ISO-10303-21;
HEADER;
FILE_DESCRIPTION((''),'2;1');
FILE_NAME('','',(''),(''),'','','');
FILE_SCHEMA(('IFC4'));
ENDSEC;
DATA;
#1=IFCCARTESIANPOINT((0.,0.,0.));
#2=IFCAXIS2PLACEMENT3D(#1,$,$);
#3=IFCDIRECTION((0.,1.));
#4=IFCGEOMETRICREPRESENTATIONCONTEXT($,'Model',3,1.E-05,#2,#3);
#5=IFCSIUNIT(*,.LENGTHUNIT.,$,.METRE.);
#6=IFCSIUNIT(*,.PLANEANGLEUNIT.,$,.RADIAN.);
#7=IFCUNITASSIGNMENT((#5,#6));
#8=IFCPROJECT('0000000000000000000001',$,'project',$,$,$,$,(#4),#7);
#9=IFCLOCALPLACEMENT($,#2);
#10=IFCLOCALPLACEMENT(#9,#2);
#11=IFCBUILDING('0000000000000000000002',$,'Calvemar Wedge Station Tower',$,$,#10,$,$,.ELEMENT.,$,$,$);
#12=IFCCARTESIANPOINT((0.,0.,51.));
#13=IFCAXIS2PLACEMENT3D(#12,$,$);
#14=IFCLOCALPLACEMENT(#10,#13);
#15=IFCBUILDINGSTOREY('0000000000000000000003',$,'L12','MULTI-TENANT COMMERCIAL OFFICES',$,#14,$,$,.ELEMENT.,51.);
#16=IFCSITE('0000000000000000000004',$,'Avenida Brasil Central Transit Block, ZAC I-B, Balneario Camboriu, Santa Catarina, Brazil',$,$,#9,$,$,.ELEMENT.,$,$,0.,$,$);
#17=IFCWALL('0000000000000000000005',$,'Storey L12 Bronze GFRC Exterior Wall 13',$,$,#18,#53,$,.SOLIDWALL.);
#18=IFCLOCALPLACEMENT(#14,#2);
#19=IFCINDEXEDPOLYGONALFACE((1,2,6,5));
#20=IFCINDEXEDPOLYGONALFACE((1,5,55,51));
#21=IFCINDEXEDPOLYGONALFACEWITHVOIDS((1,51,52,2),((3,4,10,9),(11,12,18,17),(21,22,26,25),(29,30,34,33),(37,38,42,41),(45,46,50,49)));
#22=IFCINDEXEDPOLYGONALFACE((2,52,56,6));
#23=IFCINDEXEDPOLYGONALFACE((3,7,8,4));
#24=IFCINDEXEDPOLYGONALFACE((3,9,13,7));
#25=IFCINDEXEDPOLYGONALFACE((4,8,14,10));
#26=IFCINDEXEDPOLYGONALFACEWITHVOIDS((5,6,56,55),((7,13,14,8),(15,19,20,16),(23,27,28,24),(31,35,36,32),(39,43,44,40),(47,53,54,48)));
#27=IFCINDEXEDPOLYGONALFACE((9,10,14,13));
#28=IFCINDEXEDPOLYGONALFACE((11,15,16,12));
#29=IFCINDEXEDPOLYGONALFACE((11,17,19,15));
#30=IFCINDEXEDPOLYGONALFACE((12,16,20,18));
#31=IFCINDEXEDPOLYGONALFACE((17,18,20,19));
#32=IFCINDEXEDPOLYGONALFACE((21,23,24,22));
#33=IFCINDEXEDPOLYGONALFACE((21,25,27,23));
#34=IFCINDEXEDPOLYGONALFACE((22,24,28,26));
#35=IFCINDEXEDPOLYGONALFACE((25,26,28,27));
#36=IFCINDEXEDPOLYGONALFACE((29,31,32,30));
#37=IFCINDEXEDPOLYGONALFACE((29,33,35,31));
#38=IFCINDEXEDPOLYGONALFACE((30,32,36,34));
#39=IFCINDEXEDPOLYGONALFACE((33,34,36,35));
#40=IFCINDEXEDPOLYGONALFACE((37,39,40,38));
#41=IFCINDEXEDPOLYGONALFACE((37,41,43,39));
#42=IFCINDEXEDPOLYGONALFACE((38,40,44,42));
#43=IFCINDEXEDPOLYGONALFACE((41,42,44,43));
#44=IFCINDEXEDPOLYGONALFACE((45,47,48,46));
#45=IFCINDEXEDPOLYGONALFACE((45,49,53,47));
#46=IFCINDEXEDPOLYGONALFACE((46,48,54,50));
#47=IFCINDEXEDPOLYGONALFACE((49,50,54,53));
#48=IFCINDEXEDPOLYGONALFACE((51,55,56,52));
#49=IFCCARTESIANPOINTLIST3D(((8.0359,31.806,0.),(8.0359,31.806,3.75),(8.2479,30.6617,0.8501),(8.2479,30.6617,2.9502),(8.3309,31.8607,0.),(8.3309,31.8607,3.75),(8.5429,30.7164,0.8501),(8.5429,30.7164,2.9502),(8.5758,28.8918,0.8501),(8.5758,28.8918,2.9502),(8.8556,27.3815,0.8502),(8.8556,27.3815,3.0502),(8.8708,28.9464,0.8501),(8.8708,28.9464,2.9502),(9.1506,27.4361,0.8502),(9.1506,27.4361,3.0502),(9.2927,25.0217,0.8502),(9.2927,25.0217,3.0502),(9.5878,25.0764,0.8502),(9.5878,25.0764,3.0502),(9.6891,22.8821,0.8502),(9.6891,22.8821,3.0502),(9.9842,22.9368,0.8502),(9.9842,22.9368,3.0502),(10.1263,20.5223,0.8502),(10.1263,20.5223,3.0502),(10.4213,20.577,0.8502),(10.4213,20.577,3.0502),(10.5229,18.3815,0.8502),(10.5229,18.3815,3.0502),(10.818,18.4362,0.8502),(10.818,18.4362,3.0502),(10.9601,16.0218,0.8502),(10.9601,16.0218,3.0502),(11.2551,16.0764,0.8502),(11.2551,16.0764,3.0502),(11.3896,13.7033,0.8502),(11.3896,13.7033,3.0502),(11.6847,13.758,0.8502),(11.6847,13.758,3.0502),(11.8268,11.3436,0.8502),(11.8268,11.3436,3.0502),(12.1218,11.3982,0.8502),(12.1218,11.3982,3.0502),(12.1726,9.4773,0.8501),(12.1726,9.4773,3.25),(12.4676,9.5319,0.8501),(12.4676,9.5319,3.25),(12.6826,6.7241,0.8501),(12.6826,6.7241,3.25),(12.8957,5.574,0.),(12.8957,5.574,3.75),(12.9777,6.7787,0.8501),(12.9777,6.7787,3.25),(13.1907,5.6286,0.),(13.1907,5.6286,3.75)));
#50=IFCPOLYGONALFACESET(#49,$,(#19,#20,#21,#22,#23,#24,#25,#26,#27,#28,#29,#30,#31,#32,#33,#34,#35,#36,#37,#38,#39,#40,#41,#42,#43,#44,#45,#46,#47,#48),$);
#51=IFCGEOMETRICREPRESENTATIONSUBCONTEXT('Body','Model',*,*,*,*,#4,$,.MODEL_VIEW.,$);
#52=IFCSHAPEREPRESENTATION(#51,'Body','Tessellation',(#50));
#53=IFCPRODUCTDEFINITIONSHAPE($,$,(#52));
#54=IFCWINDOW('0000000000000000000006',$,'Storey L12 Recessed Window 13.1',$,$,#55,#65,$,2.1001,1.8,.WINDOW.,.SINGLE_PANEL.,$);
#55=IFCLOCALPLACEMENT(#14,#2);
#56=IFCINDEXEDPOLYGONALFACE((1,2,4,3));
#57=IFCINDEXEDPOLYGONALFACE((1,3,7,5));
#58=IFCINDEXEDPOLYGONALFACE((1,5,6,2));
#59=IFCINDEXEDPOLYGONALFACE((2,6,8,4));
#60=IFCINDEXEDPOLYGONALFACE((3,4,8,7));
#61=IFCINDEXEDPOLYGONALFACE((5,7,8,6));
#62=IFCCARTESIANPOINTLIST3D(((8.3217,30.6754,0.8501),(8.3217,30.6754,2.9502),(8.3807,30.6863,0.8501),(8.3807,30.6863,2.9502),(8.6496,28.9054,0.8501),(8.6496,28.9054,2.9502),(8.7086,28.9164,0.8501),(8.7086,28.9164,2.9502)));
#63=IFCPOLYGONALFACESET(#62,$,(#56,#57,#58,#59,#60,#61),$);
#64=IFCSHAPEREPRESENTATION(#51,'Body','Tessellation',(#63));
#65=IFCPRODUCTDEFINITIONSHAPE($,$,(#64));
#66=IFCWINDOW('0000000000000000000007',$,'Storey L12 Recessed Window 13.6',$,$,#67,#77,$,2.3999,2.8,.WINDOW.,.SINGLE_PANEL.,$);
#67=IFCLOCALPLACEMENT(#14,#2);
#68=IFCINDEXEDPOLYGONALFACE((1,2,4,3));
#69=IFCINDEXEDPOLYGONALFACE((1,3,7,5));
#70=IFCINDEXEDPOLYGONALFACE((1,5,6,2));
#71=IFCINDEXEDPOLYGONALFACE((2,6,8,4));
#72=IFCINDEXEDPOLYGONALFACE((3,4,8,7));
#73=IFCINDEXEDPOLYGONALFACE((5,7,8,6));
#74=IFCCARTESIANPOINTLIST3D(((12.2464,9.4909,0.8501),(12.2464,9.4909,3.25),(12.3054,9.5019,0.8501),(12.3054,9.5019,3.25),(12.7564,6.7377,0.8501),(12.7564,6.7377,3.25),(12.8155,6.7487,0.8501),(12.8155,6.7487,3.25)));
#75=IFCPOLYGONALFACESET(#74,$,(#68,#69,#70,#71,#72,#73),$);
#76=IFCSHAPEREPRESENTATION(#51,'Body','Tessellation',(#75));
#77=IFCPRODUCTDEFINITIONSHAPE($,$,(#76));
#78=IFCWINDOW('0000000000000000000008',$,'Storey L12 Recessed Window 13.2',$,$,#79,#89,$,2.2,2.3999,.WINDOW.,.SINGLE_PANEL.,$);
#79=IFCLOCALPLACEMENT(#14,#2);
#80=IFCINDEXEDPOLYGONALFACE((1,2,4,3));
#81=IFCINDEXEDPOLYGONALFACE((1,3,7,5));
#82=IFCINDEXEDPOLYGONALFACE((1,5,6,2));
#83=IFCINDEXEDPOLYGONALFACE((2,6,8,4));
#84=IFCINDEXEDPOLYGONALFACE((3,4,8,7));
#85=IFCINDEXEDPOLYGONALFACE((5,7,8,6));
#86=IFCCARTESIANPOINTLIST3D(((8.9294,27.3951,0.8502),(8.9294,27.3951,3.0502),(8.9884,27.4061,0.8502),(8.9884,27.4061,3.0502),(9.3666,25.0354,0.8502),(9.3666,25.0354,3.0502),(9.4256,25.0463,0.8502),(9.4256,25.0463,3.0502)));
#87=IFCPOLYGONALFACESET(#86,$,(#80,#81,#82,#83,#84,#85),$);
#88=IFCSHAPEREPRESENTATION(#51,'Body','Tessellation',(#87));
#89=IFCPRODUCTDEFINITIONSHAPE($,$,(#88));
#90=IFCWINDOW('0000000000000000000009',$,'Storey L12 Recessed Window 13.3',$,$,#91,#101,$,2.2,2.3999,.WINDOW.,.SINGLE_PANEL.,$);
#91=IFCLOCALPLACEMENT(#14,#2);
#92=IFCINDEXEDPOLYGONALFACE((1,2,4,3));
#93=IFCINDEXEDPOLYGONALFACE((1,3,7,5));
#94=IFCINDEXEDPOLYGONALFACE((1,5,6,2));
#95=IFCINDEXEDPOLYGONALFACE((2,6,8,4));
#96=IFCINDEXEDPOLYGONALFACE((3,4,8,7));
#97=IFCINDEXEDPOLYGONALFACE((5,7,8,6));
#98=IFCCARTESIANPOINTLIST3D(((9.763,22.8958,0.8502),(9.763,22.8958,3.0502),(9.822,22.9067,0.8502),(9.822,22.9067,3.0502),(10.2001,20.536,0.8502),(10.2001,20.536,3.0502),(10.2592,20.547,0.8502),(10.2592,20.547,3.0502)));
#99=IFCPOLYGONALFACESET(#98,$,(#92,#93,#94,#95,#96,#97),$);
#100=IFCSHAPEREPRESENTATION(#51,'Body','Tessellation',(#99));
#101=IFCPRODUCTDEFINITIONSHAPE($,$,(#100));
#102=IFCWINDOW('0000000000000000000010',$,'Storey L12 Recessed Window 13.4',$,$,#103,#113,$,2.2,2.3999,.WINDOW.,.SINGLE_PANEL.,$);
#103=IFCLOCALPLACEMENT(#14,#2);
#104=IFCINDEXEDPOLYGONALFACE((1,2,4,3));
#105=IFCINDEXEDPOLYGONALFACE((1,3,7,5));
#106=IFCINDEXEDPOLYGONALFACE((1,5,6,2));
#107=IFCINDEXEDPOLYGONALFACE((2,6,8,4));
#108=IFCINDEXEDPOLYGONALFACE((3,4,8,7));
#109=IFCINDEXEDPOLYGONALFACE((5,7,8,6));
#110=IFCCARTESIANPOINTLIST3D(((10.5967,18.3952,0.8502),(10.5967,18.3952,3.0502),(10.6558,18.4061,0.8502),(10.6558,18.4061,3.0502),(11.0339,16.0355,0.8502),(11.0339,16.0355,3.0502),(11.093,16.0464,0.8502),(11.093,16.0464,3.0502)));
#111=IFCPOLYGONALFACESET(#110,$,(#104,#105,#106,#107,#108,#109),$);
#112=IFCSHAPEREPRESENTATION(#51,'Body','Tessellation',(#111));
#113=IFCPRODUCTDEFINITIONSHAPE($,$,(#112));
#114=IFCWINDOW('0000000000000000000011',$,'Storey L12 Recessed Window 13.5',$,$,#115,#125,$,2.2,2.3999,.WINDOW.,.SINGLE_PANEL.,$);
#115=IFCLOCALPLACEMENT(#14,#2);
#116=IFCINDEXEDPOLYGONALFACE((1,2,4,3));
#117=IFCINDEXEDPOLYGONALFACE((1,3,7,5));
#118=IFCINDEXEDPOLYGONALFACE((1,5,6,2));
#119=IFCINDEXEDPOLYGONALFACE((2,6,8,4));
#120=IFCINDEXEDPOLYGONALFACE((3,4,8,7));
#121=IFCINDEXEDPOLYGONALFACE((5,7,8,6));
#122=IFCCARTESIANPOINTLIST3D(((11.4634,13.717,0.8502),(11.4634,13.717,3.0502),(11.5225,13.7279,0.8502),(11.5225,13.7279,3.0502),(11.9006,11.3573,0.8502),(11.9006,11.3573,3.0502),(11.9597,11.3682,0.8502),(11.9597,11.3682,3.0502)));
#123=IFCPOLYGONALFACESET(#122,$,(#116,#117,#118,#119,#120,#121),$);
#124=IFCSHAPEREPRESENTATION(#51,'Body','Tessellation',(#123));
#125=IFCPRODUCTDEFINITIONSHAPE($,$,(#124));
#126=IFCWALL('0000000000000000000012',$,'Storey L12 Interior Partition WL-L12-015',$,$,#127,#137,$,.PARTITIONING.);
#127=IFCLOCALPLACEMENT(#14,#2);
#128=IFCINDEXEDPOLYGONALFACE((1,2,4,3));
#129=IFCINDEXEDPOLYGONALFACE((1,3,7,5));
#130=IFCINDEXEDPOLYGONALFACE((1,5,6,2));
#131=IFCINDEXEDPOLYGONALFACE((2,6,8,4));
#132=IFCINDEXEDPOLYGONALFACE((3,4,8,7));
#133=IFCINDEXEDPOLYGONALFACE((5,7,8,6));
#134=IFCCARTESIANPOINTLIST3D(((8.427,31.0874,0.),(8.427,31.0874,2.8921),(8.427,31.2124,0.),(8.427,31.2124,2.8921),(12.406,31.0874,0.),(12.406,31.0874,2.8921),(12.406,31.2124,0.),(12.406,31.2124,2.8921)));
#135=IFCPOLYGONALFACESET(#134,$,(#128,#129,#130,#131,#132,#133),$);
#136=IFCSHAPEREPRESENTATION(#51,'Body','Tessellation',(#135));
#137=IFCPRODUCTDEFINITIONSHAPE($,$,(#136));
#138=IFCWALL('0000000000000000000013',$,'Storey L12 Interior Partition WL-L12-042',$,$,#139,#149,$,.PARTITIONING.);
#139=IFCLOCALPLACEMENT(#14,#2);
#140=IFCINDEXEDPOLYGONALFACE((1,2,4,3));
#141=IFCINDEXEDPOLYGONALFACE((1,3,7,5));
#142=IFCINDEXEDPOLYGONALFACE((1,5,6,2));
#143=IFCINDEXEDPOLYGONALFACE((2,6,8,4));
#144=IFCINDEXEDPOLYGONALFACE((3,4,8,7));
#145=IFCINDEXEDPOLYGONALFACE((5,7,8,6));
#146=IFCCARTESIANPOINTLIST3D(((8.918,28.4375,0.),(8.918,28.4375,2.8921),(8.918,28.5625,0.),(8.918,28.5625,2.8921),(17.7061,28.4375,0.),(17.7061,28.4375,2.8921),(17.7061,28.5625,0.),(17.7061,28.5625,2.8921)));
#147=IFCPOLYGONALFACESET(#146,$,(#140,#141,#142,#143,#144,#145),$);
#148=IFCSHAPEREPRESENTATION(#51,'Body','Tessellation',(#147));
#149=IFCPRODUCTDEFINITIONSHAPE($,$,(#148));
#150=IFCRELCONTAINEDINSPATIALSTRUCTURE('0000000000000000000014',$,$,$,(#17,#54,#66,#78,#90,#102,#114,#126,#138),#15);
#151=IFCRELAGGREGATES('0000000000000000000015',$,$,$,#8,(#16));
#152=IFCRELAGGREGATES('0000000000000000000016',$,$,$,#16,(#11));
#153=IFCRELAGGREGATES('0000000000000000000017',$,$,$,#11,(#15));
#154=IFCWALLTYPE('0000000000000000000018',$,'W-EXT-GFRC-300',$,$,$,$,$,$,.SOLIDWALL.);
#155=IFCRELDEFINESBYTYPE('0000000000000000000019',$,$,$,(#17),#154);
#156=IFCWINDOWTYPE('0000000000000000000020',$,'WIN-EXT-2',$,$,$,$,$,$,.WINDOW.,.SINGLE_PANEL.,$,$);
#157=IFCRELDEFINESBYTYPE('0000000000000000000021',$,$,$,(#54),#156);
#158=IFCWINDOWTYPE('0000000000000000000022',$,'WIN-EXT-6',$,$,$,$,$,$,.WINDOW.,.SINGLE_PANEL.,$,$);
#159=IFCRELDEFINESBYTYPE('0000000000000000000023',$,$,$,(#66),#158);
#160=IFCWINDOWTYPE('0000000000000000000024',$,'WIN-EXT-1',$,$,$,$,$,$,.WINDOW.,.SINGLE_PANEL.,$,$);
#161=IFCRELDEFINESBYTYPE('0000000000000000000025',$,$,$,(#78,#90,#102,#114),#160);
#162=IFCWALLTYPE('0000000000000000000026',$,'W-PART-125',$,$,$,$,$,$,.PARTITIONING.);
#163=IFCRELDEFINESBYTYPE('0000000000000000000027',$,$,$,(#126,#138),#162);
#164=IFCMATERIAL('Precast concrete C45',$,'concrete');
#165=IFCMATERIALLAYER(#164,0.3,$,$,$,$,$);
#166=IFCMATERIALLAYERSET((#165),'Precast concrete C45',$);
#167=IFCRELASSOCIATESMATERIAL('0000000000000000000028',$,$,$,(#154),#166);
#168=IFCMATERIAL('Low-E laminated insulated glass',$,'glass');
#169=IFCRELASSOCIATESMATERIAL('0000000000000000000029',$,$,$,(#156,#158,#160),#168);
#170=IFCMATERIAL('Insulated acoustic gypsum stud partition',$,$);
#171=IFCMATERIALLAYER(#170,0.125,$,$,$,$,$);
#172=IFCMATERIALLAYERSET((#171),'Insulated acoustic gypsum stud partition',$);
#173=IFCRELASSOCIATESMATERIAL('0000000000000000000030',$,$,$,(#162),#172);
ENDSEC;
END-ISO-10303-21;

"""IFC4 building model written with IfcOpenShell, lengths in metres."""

from ifc_helpers import new_model, si_unit, direction, frame, frame_2d, origin, place, context, subcontext, project, spatial, rectangle, extrude, source, transform, mapped, material, layer, layer_set, type_object, element, fill, save


model = new_model("IFC4")

# Units and contexts
model_context = context("Model", 3, precision=1e-05, world=origin(), true_north=direction((0.0, 1.0)))
body_context = subcontext(model_context, "Body", "Model", "MODEL_VIEW")
ifc_project = project(units=[si_unit("LENGTHUNIT", "METRE"), si_unit("PLANEANGLEUNIT", "RADIAN")], contexts=[model_context])

# Site, building, storey
site_placement = place(None, origin())
site = spatial("IfcSite", under=ifc_project, at=site_placement, Name="Avenida Brasil Central Transit Block, ZAC I-B, Balneario Camboriu, Santa Catarina, Brazil", CompositionType="ELEMENT", RefElevation=0.0)
building_placement = place(site_placement, origin())
building = spatial("IfcBuilding", under=site, at=building_placement, Name="Calvemar Wedge Station Tower", CompositionType="ELEMENT")
storey_placement = place(building_placement, frame((0.0, 0.0, 51.0)))
storey = spatial("IfcBuildingStorey", under=building, at=storey_placement, Name="L12", Description="MULTI-TENANT COMMERCIAL OFFICES", CompositionType="ELEMENT", Elevation=51.0)

# Shared definitions
ifc_material_1 = material(Name="Precast concrete C45", Category="concrete")

# Wall, openings, windows
ifc_layer_1 = layer(ifc_material_1, 0.3)
ifc_layer_set_1 = layer_set([ifc_layer_1], Name="Precast concrete C45")
wall_type_1 = type_object("IfcWallType", Name="W-EXT-GFRC-300", PredefinedType="SOLIDWALL", material=ifc_layer_set_1)
wall_1_placement = place(storey_placement, frame((8.1833, 31.8335, 0.0), z_axis=(0.0, 0.0, 1.0), x_axis=(0.182164, -0.983268, 0.0)))
wall_1 = element("IfcWall", 1, at=wall_1_placement, inside=storey, type_object=wall_type_1, Name="Storey L12 Bronze GFRC Exterior Wall 13", PredefinedType="SOLIDWALL", context=body_context, shape_type="SweptSolid", body=[
    extrude(rectangle(XDim=26.6785, YDim=0.3, at=frame_2d((13.3394, 0.0))), origin(), (0.0, 0.0, 1.0), 3.75),
])
shared_shape_1 = source(origin(), body_context, "Body", "SweptSolid", [
    extrude(rectangle(XDim=1.8, YDim=2.1001, at=frame_2d((0.8999, 1.05))), frame((0.0, 0.1602, 0.0), z_axis=(0.0, -1.0, 0.0), x_axis=(1.0, 0.0, 0.0)), (0.0, 0.0, 1.0), 0.3201),
])
opening_1_placement = place(wall_1_placement, frame((1.1641, 0.0, 0.8501)))
opening_1 = element("IfcOpeningElement", 2, at=opening_1_placement, cuts=wall_1, PredefinedType="OPENING", context=body_context, shape_type="MappedRepresentation", body=[
    mapped(shared_shape_1, transform((0.0, 0.0, 0.0), scale=1.0)),
])
shared_shape_2 = source(origin(), body_context, "Body", "SweptSolid", [
    extrude(rectangle(XDim=2.3999, YDim=2.2, at=frame_2d((1.2, 1.1001))), frame((0.0, 0.1602, 0.0), z_axis=(0.0, -1.0, 0.0), x_axis=(1.0, 0.0, 0.0)), (0.0, 0.0, 1.0), 0.3201),
])
opening_2_placement = place(wall_1_placement, frame((4.5, 0.0, 0.8501)))
opening_2 = element("IfcOpeningElement", 3, at=opening_2_placement, cuts=wall_1, PredefinedType="OPENING", context=body_context, shape_type="MappedRepresentation", body=[
    mapped(shared_shape_2, transform((0.0, 0.0, 0.0), scale=1.0)),
])
opening_3_placement = place(wall_1_placement, frame((9.0759, 0.0, 0.8501)))
opening_3 = element("IfcOpeningElement", 4, at=opening_3_placement, cuts=wall_1, PredefinedType="OPENING", context=body_context, shape_type="MappedRepresentation", body=[
    mapped(shared_shape_2, transform((0.0, 0.0, 0.0), scale=1.0)),
])
opening_4_placement = place(wall_1_placement, frame((13.6531, 0.0, 0.8501)))
opening_4 = element("IfcOpeningElement", 5, at=opening_4_placement, cuts=wall_1, PredefinedType="OPENING", context=body_context, shape_type="MappedRepresentation", body=[
    mapped(shared_shape_2, transform((0.0, 0.0, 0.0), scale=1.0)),
])
opening_5_placement = place(wall_1_placement, frame((18.4109, 0.0, 0.8501)))
opening_5 = element("IfcOpeningElement", 6, at=opening_5_placement, cuts=wall_1, PredefinedType="OPENING", context=body_context, shape_type="MappedRepresentation", body=[
    mapped(shared_shape_2, transform((0.0, 0.0, 0.0), scale=1.0)),
])
shared_shape_3 = source(origin(), body_context, "Body", "SweptSolid", [
    extrude(rectangle(XDim=2.8, YDim=2.3999, at=frame_2d((1.3999, 1.2))), frame((0.0, 0.1602, 0.0), z_axis=(0.0, -1.0, 0.0), x_axis=(1.0, 0.0, 0.0)), (0.0, 0.0, 1.0), 0.3201),
])
opening_6_placement = place(wall_1_placement, frame((22.709, 0.0, 0.8501)))
opening_6 = element("IfcOpeningElement", 7, at=opening_6_placement, cuts=wall_1, PredefinedType="OPENING", context=body_context, shape_type="MappedRepresentation", body=[
    mapped(shared_shape_3, transform((0.0, 0.0, 0.0), scale=1.0)),
])
ifc_material_2 = material(Name="Low-E laminated insulated glass", Category="glass")
window_type_1 = type_object("IfcWindowType", Name="WIN-EXT-2", PartitioningType="SINGLE_PANEL", PredefinedType="WINDOW", material=ifc_material_2)
shared_shape_4 = source(origin(), body_context, "Body", "SweptSolid", [
    extrude(rectangle(XDim=1.8, YDim=2.1001, at=frame_2d((0.8999, 1.05))), frame((0.0, -0.0149, 0.0), z_axis=(0.0, -1.0, 0.0), x_axis=(1.0, 0.0, 0.0)), (0.0, 0.0, 1.0), 0.0601),
])
window_1_placement = place(opening_1_placement, origin())
window_1 = element("IfcWindow", 8, at=window_1_placement, inside=storey, type_object=window_type_1, Name="Storey L12 Recessed Window 13.1", OverallHeight=2.1001, OverallWidth=1.8, PartitioningType="SINGLE_PANEL", PredefinedType="WINDOW", context=body_context, shape_type="MappedRepresentation", body=[
    mapped(shared_shape_4, transform((0.0, 0.0, 0.0), scale=1.0)),
])
fill(opening_1, window_1)
window_type_2 = type_object("IfcWindowType", Name="WIN-EXT-6", PartitioningType="SINGLE_PANEL", PredefinedType="WINDOW", material=ifc_material_2)
shared_shape_5 = source(origin(), body_context, "Body", "SweptSolid", [
    extrude(rectangle(XDim=2.8, YDim=2.3999, at=frame_2d((1.3999, 1.2))), frame((0.0, -0.0149, 0.0), z_axis=(0.0, -1.0, 0.0), x_axis=(1.0, 0.0, 0.0)), (0.0, 0.0, 1.0), 0.0601),
])
window_2_placement = place(opening_6_placement, origin())
window_2 = element("IfcWindow", 9, at=window_2_placement, inside=storey, type_object=window_type_2, Name="Storey L12 Recessed Window 13.6", OverallHeight=2.3999, OverallWidth=2.8, PartitioningType="SINGLE_PANEL", PredefinedType="WINDOW", context=body_context, shape_type="MappedRepresentation", body=[
    mapped(shared_shape_5, transform((0.0, 0.0, 0.0), scale=1.0)),
])
fill(opening_6, window_2)
window_type_3 = type_object("IfcWindowType", Name="WIN-EXT-1", PartitioningType="SINGLE_PANEL", PredefinedType="WINDOW", material=ifc_material_2)
shared_shape_6 = source(origin(), body_context, "Body", "SweptSolid", [
    extrude(rectangle(XDim=2.3999, YDim=2.2, at=frame_2d((1.2, 1.1001))), frame((0.0, -0.0149, 0.0), z_axis=(0.0, -1.0, 0.0), x_axis=(1.0, 0.0, 0.0)), (0.0, 0.0, 1.0), 0.0601),
])
window_3_placement = place(opening_2_placement, origin())
window_3 = element("IfcWindow", 10, at=window_3_placement, inside=storey, type_object=window_type_3, Name="Storey L12 Recessed Window 13.2", OverallHeight=2.2, OverallWidth=2.3999, PartitioningType="SINGLE_PANEL", PredefinedType="WINDOW", context=body_context, shape_type="MappedRepresentation", body=[
    mapped(shared_shape_6, transform((0.0, 0.0, 0.0), scale=1.0)),
])
fill(opening_2, window_3)
window_4_placement = place(opening_3_placement, origin())
window_4 = element("IfcWindow", 11, at=window_4_placement, inside=storey, type_object=window_type_3, Name="Storey L12 Recessed Window 13.3", OverallHeight=2.2, OverallWidth=2.3999, PartitioningType="SINGLE_PANEL", PredefinedType="WINDOW", context=body_context, shape_type="MappedRepresentation", body=[
    mapped(shared_shape_6, transform((0.0, 0.0, 0.0), scale=1.0)),
])
fill(opening_3, window_4)
window_5_placement = place(opening_4_placement, origin())
window_5 = element("IfcWindow", 12, at=window_5_placement, inside=storey, type_object=window_type_3, Name="Storey L12 Recessed Window 13.4", OverallHeight=2.2, OverallWidth=2.3999, PartitioningType="SINGLE_PANEL", PredefinedType="WINDOW", context=body_context, shape_type="MappedRepresentation", body=[
    mapped(shared_shape_6, transform((0.0, 0.0, 0.0), scale=1.0)),
])
fill(opening_4, window_5)
window_6_placement = place(opening_5_placement, origin())
window_6 = element("IfcWindow", 13, at=window_6_placement, inside=storey, type_object=window_type_3, Name="Storey L12 Recessed Window 13.5", OverallHeight=2.2, OverallWidth=2.3999, PartitioningType="SINGLE_PANEL", PredefinedType="WINDOW", context=body_context, shape_type="MappedRepresentation", body=[
    mapped(shared_shape_6, transform((0.0, 0.0, 0.0), scale=1.0)),
])
fill(opening_5, window_6)

# Walls
ifc_material_3 = material(Name="Insulated acoustic gypsum stud partition")
ifc_layer_2 = layer(ifc_material_3, 0.125)
ifc_layer_set_2 = layer_set([ifc_layer_2], Name="Insulated acoustic gypsum stud partition")
wall_type_2 = type_object("IfcWallType", Name="W-PART-125", PredefinedType="PARTITIONING", material=ifc_layer_set_2)
wall_2_placement = place(storey_placement, frame((12.406, 31.1499, 0.0), z_axis=(0.0, 0.0, 1.0), x_axis=(-1.0, 0.0, 0.0)))
element("IfcWall", 14, at=wall_2_placement, inside=storey, type_object=wall_type_2, Name="Storey L12 Interior Partition WL-L12-015", PredefinedType="PARTITIONING", context=body_context, shape_type="SweptSolid", body=[
    extrude(rectangle(XDim=3.979, YDim=0.125, at=frame_2d((1.9895, 0.0))), origin(), (0.0, 0.0, 1.0), 2.8921),
])
wall_3_placement = place(storey_placement, frame((8.918, 28.5, 0.0), z_axis=(0.0, 0.0, 1.0), x_axis=(1.0, 0.0, 0.0)))
element("IfcWall", 15, at=wall_3_placement, inside=storey, type_object=wall_type_2, Name="Storey L12 Interior Partition WL-L12-042", PredefinedType="PARTITIONING", context=body_context, shape_type="SweptSolid", body=[
    extrude(rectangle(XDim=8.7881, YDim=0.125, at=frame_2d((4.394, 0.0))), origin(), (0.0, 0.0, 1.0), 2.8921),
])

save(model, "model.ifc")
